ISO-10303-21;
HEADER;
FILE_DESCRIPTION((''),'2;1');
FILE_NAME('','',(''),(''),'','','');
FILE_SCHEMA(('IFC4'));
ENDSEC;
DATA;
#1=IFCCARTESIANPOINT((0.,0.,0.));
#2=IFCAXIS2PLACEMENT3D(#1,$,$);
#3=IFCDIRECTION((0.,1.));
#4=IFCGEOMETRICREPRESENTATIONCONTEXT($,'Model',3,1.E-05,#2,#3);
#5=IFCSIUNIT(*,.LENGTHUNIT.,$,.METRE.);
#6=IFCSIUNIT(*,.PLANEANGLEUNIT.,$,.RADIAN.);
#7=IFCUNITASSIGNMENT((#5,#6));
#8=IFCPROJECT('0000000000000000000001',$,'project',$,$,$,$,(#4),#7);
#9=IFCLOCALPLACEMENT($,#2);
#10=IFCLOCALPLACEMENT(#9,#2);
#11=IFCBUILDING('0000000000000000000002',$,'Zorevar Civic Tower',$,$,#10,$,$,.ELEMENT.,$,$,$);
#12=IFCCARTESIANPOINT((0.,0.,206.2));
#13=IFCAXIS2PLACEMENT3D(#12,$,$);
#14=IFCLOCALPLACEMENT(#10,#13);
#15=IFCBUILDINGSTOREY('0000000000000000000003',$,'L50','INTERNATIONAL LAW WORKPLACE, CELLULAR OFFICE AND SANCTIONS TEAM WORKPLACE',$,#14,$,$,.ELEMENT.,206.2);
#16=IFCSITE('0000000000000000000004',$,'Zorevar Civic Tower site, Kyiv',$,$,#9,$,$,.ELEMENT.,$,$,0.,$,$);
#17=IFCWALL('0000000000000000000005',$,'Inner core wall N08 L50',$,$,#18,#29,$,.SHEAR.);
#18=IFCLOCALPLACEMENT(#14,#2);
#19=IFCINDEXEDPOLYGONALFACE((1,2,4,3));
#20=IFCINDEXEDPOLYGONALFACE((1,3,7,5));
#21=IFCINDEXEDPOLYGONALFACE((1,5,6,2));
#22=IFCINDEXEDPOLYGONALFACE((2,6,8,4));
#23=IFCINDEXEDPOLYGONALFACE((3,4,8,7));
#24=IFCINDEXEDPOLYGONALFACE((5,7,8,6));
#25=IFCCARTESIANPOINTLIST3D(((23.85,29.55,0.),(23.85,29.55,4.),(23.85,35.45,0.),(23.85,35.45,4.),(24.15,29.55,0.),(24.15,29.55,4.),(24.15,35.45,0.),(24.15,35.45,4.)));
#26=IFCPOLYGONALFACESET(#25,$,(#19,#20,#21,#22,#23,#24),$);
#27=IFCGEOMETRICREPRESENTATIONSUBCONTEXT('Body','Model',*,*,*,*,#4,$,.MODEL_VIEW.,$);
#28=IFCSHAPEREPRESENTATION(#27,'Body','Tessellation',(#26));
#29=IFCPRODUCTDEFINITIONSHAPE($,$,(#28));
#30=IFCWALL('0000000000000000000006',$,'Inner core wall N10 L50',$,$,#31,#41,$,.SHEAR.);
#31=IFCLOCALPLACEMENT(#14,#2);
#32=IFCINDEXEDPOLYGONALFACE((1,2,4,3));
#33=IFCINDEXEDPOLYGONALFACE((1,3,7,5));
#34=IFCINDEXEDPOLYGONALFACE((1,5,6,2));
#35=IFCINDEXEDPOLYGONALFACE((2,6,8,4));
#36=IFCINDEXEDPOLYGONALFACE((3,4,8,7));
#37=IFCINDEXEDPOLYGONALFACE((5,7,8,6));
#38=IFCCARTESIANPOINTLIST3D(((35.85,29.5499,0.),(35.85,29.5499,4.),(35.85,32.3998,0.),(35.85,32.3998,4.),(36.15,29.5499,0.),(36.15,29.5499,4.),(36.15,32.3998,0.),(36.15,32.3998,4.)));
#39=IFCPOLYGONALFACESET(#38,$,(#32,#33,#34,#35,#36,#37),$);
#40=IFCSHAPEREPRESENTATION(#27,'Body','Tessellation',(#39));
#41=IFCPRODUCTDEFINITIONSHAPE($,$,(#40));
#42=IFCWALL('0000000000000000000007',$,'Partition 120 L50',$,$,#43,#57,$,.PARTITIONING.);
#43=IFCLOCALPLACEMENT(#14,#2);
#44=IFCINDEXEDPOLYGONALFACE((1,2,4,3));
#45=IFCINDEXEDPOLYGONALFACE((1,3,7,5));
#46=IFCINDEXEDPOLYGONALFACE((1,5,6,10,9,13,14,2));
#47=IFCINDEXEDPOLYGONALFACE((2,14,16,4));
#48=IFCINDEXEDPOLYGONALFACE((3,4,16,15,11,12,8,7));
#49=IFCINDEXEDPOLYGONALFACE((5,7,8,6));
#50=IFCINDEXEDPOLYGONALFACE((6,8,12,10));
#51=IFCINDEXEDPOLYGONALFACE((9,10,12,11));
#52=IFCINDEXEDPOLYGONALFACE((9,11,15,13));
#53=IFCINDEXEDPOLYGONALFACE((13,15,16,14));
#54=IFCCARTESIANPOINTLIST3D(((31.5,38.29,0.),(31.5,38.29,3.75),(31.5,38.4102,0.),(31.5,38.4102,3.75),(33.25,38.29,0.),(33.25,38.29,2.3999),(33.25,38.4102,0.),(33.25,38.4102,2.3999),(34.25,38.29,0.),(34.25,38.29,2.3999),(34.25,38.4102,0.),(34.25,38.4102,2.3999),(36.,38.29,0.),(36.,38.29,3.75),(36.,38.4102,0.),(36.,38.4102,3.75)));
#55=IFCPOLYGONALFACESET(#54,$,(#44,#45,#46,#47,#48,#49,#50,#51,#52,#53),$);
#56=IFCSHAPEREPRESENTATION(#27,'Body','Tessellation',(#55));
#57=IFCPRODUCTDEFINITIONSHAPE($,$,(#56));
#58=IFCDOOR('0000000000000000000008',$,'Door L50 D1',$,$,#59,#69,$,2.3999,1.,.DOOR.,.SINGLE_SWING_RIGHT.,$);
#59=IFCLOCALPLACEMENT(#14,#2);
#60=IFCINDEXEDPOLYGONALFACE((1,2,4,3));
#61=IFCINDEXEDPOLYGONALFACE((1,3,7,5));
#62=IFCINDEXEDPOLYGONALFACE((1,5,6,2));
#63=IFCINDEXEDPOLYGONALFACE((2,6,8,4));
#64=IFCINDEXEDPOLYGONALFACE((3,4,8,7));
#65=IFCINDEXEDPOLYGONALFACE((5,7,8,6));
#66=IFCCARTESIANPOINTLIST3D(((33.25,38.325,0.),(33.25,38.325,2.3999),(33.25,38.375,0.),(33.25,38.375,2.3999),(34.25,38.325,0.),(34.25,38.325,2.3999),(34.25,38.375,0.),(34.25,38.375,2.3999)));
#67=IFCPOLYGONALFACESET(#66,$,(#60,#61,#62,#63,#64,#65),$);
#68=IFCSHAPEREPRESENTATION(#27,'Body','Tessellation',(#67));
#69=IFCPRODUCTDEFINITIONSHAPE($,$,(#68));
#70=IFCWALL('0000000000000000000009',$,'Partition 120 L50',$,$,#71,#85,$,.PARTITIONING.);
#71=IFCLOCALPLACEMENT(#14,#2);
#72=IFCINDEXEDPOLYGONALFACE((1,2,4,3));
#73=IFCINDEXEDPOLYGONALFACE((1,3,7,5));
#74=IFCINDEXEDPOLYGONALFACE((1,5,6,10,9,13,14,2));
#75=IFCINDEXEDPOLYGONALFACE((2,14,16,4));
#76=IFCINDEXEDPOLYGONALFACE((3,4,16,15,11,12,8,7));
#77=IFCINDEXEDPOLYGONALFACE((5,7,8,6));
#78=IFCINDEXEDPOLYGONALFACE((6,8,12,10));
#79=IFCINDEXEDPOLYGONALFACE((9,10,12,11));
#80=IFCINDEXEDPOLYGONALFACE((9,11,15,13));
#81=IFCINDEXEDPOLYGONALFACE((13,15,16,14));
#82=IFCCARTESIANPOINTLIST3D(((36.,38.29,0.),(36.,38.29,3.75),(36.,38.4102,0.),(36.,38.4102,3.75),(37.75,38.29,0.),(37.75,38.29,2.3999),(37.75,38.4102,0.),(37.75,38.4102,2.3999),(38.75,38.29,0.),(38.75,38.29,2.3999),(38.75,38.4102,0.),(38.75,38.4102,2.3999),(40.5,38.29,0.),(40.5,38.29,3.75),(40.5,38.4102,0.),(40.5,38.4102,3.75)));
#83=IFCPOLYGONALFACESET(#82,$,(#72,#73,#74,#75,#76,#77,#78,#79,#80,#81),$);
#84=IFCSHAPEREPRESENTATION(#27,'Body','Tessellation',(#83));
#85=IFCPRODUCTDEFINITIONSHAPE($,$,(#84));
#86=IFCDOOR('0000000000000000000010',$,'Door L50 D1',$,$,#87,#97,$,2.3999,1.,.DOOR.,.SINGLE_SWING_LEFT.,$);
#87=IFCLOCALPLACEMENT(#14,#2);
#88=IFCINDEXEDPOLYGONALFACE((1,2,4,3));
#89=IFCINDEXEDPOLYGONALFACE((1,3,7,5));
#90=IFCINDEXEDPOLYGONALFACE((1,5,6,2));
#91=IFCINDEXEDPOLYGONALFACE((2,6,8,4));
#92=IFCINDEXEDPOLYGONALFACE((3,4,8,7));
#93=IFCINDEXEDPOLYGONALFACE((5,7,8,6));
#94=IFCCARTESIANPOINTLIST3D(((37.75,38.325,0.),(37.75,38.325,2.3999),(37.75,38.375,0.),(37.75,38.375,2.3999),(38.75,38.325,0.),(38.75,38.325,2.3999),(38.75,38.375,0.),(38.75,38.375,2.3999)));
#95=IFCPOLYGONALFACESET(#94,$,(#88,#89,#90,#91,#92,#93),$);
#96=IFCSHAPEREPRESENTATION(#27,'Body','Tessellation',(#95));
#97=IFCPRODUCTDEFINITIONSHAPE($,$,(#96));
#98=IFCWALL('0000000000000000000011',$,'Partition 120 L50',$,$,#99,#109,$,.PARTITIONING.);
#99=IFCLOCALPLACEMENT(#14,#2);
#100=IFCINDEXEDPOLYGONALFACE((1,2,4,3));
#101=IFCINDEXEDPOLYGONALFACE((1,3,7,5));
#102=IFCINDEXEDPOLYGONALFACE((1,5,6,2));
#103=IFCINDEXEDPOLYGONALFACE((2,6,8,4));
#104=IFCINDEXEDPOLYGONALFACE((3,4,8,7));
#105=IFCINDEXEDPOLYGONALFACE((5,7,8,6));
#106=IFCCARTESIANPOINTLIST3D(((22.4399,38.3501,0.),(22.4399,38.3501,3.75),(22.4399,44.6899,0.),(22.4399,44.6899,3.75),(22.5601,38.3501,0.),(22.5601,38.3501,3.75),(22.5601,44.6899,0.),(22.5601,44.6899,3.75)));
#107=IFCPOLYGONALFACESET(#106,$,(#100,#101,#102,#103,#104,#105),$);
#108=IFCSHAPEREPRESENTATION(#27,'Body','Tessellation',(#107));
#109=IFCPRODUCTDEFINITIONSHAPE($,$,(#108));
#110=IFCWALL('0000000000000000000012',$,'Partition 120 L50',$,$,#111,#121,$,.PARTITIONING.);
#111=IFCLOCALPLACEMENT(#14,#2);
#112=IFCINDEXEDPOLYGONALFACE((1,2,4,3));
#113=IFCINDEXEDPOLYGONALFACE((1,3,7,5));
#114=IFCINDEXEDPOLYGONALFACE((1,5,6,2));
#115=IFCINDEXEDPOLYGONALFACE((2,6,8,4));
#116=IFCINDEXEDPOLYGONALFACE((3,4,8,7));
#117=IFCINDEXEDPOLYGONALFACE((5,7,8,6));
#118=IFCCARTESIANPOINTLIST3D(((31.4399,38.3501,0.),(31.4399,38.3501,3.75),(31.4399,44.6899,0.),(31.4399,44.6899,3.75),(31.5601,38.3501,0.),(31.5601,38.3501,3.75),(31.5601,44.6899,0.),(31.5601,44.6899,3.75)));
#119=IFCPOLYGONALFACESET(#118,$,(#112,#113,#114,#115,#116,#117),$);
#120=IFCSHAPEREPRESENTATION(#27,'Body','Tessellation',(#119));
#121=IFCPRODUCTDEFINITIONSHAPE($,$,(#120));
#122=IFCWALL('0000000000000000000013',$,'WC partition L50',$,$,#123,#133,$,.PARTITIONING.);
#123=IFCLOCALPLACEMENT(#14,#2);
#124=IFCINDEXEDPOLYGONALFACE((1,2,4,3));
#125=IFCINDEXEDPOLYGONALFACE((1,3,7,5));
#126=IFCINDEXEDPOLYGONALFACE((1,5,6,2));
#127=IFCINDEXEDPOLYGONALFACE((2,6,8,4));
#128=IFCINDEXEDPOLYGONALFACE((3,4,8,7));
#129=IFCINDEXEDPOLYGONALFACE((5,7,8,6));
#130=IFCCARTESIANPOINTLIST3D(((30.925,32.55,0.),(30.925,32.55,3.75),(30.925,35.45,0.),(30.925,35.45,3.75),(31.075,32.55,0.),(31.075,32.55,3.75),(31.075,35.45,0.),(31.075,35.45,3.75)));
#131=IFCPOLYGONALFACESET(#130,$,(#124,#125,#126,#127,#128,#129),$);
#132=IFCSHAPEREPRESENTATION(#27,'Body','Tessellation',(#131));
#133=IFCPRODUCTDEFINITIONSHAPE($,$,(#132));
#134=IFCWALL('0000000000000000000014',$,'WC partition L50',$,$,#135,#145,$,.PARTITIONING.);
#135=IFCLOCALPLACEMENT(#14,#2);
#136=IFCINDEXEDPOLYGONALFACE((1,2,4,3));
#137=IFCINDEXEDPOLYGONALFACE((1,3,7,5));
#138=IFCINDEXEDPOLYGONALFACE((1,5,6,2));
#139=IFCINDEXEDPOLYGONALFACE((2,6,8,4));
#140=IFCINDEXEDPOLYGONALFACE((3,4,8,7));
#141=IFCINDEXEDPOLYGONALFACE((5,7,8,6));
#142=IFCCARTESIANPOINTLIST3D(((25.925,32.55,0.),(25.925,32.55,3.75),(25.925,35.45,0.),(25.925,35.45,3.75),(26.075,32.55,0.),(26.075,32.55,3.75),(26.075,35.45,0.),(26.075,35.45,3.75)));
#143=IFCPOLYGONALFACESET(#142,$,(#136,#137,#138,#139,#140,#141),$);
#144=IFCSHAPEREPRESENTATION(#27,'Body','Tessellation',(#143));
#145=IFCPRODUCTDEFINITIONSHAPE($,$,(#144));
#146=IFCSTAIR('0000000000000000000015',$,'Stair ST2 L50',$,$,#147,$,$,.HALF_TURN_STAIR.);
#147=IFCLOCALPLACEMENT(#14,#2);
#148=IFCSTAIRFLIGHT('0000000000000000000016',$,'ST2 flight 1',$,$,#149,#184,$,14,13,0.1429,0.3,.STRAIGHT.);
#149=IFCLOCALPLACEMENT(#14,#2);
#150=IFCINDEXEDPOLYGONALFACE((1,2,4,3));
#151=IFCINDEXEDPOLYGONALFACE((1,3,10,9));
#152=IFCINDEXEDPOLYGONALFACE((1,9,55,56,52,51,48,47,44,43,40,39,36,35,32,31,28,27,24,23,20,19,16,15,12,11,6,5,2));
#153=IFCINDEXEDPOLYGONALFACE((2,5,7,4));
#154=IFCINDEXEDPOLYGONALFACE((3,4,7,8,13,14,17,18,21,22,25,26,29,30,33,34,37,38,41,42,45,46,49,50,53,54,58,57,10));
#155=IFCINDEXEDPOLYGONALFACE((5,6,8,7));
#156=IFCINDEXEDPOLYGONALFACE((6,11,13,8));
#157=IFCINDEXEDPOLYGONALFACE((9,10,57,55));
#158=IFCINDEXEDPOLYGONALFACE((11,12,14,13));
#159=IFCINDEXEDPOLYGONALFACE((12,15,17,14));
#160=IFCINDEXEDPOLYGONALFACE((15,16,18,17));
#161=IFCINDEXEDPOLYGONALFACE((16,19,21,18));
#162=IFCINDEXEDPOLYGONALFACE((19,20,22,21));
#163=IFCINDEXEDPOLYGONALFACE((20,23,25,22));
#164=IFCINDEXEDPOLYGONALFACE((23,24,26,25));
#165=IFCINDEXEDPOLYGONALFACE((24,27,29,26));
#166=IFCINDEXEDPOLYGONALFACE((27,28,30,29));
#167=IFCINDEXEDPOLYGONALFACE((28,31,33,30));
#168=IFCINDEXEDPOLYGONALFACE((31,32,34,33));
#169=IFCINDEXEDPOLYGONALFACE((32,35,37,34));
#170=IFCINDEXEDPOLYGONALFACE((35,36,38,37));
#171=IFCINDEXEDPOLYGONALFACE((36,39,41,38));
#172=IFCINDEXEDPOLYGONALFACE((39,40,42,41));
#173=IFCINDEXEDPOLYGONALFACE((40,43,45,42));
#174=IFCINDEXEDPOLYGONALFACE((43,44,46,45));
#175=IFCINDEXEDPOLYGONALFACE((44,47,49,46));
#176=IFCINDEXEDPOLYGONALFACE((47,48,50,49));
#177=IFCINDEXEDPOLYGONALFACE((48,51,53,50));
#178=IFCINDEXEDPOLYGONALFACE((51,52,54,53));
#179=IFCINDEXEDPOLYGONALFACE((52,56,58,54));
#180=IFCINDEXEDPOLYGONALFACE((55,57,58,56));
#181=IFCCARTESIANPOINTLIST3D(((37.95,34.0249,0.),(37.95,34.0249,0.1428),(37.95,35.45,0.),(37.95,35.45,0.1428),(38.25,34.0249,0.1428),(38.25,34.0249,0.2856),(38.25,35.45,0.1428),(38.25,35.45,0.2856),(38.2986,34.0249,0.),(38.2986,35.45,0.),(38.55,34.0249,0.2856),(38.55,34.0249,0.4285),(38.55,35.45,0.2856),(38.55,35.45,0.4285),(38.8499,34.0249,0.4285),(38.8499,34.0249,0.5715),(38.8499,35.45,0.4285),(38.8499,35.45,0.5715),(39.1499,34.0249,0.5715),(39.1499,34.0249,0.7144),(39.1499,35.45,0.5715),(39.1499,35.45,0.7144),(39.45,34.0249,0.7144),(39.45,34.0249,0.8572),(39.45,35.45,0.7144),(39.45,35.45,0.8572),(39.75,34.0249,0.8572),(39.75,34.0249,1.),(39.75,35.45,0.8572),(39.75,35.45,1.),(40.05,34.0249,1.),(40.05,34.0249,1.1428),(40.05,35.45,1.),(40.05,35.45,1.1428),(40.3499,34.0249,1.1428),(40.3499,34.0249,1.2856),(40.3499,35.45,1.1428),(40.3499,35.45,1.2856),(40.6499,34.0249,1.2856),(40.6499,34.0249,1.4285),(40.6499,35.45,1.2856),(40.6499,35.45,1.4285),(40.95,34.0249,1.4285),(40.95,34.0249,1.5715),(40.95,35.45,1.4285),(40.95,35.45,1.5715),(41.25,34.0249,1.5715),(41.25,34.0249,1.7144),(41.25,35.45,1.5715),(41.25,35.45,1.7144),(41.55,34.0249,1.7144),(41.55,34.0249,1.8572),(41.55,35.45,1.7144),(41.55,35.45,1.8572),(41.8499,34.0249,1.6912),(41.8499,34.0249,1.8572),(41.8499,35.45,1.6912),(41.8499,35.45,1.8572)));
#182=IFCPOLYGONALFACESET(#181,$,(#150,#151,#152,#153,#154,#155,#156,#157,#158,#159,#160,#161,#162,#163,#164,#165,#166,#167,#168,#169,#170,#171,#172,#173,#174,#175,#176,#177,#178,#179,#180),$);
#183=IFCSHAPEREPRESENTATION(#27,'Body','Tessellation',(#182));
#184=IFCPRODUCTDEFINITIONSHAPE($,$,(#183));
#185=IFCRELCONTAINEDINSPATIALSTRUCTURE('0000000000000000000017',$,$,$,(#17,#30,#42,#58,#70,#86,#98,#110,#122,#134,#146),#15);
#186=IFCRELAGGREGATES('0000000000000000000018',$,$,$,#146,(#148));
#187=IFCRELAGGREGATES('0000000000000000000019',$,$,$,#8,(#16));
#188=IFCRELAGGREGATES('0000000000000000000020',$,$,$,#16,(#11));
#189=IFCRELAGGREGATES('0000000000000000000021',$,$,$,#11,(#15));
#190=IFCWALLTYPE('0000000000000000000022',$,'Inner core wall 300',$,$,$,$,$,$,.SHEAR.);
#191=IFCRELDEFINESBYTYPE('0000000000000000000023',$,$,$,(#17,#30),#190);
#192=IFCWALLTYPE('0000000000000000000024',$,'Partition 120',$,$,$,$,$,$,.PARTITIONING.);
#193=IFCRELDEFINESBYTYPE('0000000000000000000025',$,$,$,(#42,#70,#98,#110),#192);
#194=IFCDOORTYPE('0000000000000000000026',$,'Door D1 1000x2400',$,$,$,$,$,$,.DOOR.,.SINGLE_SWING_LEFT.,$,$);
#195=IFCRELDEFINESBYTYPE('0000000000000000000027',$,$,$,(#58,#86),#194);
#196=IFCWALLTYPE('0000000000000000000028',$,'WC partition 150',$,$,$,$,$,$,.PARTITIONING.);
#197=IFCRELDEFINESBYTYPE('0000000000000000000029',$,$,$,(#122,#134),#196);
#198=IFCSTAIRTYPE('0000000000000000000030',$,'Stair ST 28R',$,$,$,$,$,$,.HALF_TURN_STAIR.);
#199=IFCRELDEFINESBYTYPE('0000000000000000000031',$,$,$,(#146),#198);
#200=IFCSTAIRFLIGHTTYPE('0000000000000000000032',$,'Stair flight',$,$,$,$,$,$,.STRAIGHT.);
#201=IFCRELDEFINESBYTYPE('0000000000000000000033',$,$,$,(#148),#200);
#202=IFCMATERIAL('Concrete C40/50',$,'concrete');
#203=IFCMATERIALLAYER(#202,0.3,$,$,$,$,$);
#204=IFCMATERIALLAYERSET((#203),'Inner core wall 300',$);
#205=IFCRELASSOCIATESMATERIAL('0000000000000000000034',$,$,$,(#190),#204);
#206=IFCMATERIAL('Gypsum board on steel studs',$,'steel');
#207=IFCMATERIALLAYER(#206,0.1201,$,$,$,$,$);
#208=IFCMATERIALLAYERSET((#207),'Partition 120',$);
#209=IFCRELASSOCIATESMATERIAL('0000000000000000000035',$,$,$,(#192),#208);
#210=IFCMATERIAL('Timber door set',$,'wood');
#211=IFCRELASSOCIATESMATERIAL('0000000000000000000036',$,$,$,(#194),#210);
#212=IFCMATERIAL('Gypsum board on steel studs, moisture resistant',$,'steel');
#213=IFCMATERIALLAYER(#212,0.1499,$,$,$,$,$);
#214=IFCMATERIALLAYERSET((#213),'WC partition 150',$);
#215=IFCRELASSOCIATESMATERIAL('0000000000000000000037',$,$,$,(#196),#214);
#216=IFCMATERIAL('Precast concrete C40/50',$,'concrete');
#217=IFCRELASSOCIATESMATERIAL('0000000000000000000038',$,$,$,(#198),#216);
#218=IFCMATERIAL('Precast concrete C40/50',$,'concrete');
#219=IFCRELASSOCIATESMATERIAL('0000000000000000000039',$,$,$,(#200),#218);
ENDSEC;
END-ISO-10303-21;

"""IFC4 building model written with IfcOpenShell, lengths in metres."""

from ifc_helpers import new_model, si_unit, direction, frame, frame_2d, origin, place, context, subcontext, project, spatial, polyline, rectangle, outline, extrude, material, layer, layer_set, type_object, element, fill, aggregate, save


model = new_model("IFC4")

# Units and contexts
model_context = context("Model", 3, precision=1e-05, world=origin(), true_north=direction((0.0, 1.0)))
body_context = subcontext(model_context, "Body", "Model", "MODEL_VIEW")
ifc_project = project(units=[si_unit("LENGTHUNIT", "METRE"), si_unit("PLANEANGLEUNIT", "RADIAN")], contexts=[model_context])

# Site, building, storey
site_placement = place(None, origin())
site = spatial("IfcSite", under=ifc_project, at=site_placement, Name="Zorevar Civic Tower site, Kyiv", CompositionType="ELEMENT", RefElevation=0.0)
building_placement = place(site_placement, origin())
building = spatial("IfcBuilding", under=site, at=building_placement, Name="Zorevar Civic Tower", CompositionType="ELEMENT")
storey_placement = place(building_placement, frame((0.0, 0.0, 206.2)))
storey = spatial("IfcBuildingStorey", under=building, at=storey_placement, Name="L50", Description="INTERNATIONAL LAW WORKPLACE, CELLULAR OFFICE AND SANCTIONS TEAM WORKPLACE", CompositionType="ELEMENT", Elevation=206.2)

# Shared definitions
ifc_material_1 = material(Name="Concrete C40/50", Category="concrete")
ifc_layer_1 = layer(ifc_material_1, 0.3)
ifc_layer_set_1 = layer_set([ifc_layer_1], Name="Inner core wall 300")
wall_type_1 = type_object("IfcWallType", Name="Inner core wall 300", PredefinedType="SHEAR", material=ifc_layer_set_1)

# Walls
wall_1_placement = place(storey_placement, frame((24.0, 29.55, 0.0), z_axis=(0.0, 0.0, 1.0), x_axis=(0.0, 1.0, 0.0)))
element("IfcWall", 1, at=wall_1_placement, inside=storey, type_object=wall_type_1, Name="Inner core wall N08 L50", PredefinedType="SHEAR", context=body_context, shape_type="SweptSolid", body=[
    extrude(rectangle(XDim=5.8999, YDim=0.3, at=frame_2d((2.95, 0.0))), origin(), (0.0, 0.0, 1.0), 4.0),
])
wall_2_placement = place(storey_placement, frame((36.0, 29.55, 0.0), z_axis=(0.0, 0.0, 1.0), x_axis=(0.0, 1.0, 0.0)))
element("IfcWall", 2, at=wall_2_placement, inside=storey, type_object=wall_type_1, Name="Inner core wall N10 L50", PredefinedType="SHEAR", context=body_context, shape_type="SweptSolid", body=[
    extrude(rectangle(XDim=2.8499, YDim=0.3, at=frame_2d((1.4248, 0.0))), origin(), (0.0, 0.0, 1.0), 4.0),
])

# Walls, openings, doors
ifc_material_2 = material(Name="Gypsum board on steel studs", Category="steel")
ifc_layer_2 = layer(ifc_material_2, 0.1201)
ifc_layer_set_2 = layer_set([ifc_layer_2], Name="Partition 120")
wall_type_2 = type_object("IfcWallType", Name="Partition 120", PredefinedType="PARTITIONING", material=ifc_layer_set_2)
wall_3_placement = place(storey_placement, frame((31.5, 38.3501, 0.0), z_axis=(0.0, 0.0, 1.0), x_axis=(1.0, 0.0, 0.0)))
wall_3 = element("IfcWall", 3, at=wall_3_placement, inside=storey, type_object=wall_type_2, Name="Partition 120 L50", PredefinedType="PARTITIONING", context=body_context, shape_type="SweptSolid", body=[
    extrude(rectangle(XDim=4.5, YDim=0.1201, at=frame_2d((2.25, 0.0))), origin(), (0.0, 0.0, 1.0), 3.75),
])
opening_1_placement = place(wall_3_placement, frame((1.75, 0.0, 0.0)))
opening_1 = element("IfcOpeningElement", 4, at=opening_1_placement, cuts=wall_3, PredefinedType="OPENING", context=body_context, shape_type="SweptSolid", body=[
    extrude(rectangle(XDim=1.0, YDim=2.3999, at=frame_2d((0.5, 1.2))), frame((0.0, 0.0701, 0.0), z_axis=(0.0, -1.0, 0.0), x_axis=(1.0, 0.0, 0.0)), (0.0, 0.0, 1.0), 0.1401),
])
ifc_material_3 = material(Name="Timber door set", Category="wood")
door_type_1 = type_object("IfcDoorType", Name="Door D1 1000x2400", OperationType="SINGLE_SWING_LEFT", PredefinedType="DOOR", material=ifc_material_3)
door_1_placement = place(opening_1_placement, origin())
door_1 = element("IfcDoor", 5, at=door_1_placement, inside=storey, type_object=door_type_1, Name="Door L50 D1", OperationType="SINGLE_SWING_RIGHT", OverallHeight=2.3999, OverallWidth=1.0, PredefinedType="DOOR", context=body_context, shape_type="SweptSolid", body=[
    extrude(rectangle(XDim=1.0, YDim=2.3999, at=frame_2d((0.5, 1.2))), frame((0.0, 0.0249, 0.0), z_axis=(0.0, -1.0, 0.0), x_axis=(1.0, 0.0, 0.0)), (0.0, 0.0, 1.0), 0.05),
])
fill(opening_1, door_1)
wall_4_placement = place(storey_placement, frame((36.0, 38.3501, 0.0), z_axis=(0.0, 0.0, 1.0), x_axis=(1.0, 0.0, 0.0)))
wall_4 = element("IfcWall", 6, at=wall_4_placement, inside=storey, type_object=wall_type_2, Name="Partition 120 L50", PredefinedType="PARTITIONING", context=body_context, shape_type="SweptSolid", body=[
    extrude(rectangle(XDim=4.5, YDim=0.1201, at=frame_2d((2.25, 0.0))), origin(), (0.0, 0.0, 1.0), 3.75),
])
opening_2_placement = place(wall_4_placement, frame((1.75, 0.0, 0.0)))
opening_2 = element("IfcOpeningElement", 7, at=opening_2_placement, cuts=wall_4, PredefinedType="OPENING", context=body_context, shape_type="SweptSolid", body=[
    extrude(rectangle(XDim=1.0, YDim=2.3999, at=frame_2d((0.5, 1.2))), frame((0.0, 0.0701, 0.0), z_axis=(0.0, -1.0, 0.0), x_axis=(1.0, 0.0, 0.0)), (0.0, 0.0, 1.0), 0.1401),
])
door_2_placement = place(opening_2_placement, origin())
door_2 = element("IfcDoor", 8, at=door_2_placement, inside=storey, type_object=door_type_1, Name="Door L50 D1", OperationType="SINGLE_SWING_LEFT", OverallHeight=2.3999, OverallWidth=1.0, PredefinedType="DOOR", context=body_context, shape_type="SweptSolid", body=[
    extrude(rectangle(XDim=1.0, YDim=2.3999, at=frame_2d((0.5, 1.2))), frame((0.0, 0.0249, 0.0), z_axis=(0.0, -1.0, 0.0), x_axis=(1.0, 0.0, 0.0)), (0.0, 0.0, 1.0), 0.05),
])
fill(opening_2, door_2)

# Walls
for number, where, z_axis, x_axis, name in (
    (9, (22.5, 38.3501, 0.0), (0.0, 0.0, 1.0), (0.0, 1.0, 0.0), "Partition 120 L50"),
    (10, (31.5, 38.3501, 0.0), (0.0, 0.0, 1.0), (0.0, 1.0, 0.0), "Partition 120 L50"),
):
    element("IfcWall", number, at=place(storey_placement, frame(where, z_axis=z_axis, x_axis=x_axis)), inside=storey, type_object=wall_type_2, Name=name, PredefinedType="PARTITIONING", context=body_context, shape_type="SweptSolid", body=[
        extrude(rectangle(XDim=6.3398, YDim=0.1201, at=frame_2d((3.1699, 0.0))), origin(), (0.0, 0.0, 1.0), 3.75),
    ])

# Walls
ifc_material_4 = material(Name="Gypsum board on steel studs, moisture resistant", Category="steel")
ifc_layer_3 = layer(ifc_material_4, 0.1499)
ifc_layer_set_3 = layer_set([ifc_layer_3], Name="WC partition 150")
wall_type_3 = type_object("IfcWallType", Name="WC partition 150", PredefinedType="PARTITIONING", material=ifc_layer_set_3)
for number, where, z_axis, x_axis, name in (
    (11, (31.0, 32.55, 0.0), (0.0, 0.0, 1.0), (0.0, 1.0, 0.0), "WC partition L50"),
    (12, (26.0, 32.55, 0.0), (0.0, 0.0, 1.0), (0.0, 1.0, 0.0), "WC partition L50"),
):
    element("IfcWall", number, at=place(storey_placement, frame(where, z_axis=z_axis, x_axis=x_axis)), inside=storey, type_object=wall_type_3, Name=name, PredefinedType="PARTITIONING", context=body_context, shape_type="SweptSolid", body=[
        extrude(rectangle(XDim=2.8999, YDim=0.1499, at=frame_2d((1.45, 0.0))), origin(), (0.0, 0.0, 1.0), 3.75),
    ])

# Stair, stair flight
ifc_material_5 = material(Name="Precast concrete C40/50", Category="concrete")
stair_type = type_object("IfcStairType", Name="Stair ST 28R", PredefinedType="HALF_TURN_STAIR", material=ifc_material_5)
stair_placement = place(storey_placement, origin())
stair = element("IfcStair", 13, at=stair_placement, inside=storey, type_object=stair_type, Name="Stair ST2 L50", PredefinedType="HALF_TURN_STAIR")
ifc_material_6 = material(Name="Precast concrete C40/50", Category="concrete")
stair_flight_type = type_object("IfcStairFlightType", Name="Stair flight", PredefinedType="STRAIGHT", material=ifc_material_6)
stair_flight_placement = place(storey_placement, frame((37.95, 34.7375, 0.0), z_axis=(0.0, 0.0, 1.0), x_axis=(1.0, 0.0, 0.0)))
stair_flight = element("IfcStairFlight", 14, at=stair_flight_placement, type_object=stair_flight_type, Name="ST2 flight 1", NumberOfRisers=14, NumberOfTreads=13, PredefinedType="STRAIGHT", RiserHeight=0.1429, TreadLength=0.3, context=body_context, shape_type="SweptSolid", body=[
    extrude(outline(polyline([(0.0, 0.0), (0.0, 0.1428), (0.3, 0.1428), (0.3, 0.2856), (0.6001, 0.2856), (0.6001, 0.4285), (0.8999, 0.4285), (0.8999, 0.5715), (1.2, 0.5715), (1.2, 0.7144), (1.5, 0.7144), (1.5, 0.8572), (1.8, 0.8572), (1.8, 1.0), (2.1001, 1.0), (2.1001, 1.1428), (2.3999, 1.1428), (2.3999, 1.2856), (2.7, 1.2856), (2.7, 1.4285), (3.0, 1.4285), (3.0, 1.5715), (3.3, 1.5715), (3.3, 1.7144), (3.6001, 1.7144), (3.6001, 1.8572), (3.8999, 1.8572), (3.8999, 2.0), (3.8999, 1.6912), (0.3486, 0.0), (0.0, 0.0)])), frame((0.0, 0.7124, 0.0), z_axis=(0.0, -1.0, 0.0), x_axis=(1.0, 0.0, 0.0)), (0.0, 0.0, 1.0), 1.425),
])
aggregate(stair, [stair_flight])

save(model, "model.ifc")
